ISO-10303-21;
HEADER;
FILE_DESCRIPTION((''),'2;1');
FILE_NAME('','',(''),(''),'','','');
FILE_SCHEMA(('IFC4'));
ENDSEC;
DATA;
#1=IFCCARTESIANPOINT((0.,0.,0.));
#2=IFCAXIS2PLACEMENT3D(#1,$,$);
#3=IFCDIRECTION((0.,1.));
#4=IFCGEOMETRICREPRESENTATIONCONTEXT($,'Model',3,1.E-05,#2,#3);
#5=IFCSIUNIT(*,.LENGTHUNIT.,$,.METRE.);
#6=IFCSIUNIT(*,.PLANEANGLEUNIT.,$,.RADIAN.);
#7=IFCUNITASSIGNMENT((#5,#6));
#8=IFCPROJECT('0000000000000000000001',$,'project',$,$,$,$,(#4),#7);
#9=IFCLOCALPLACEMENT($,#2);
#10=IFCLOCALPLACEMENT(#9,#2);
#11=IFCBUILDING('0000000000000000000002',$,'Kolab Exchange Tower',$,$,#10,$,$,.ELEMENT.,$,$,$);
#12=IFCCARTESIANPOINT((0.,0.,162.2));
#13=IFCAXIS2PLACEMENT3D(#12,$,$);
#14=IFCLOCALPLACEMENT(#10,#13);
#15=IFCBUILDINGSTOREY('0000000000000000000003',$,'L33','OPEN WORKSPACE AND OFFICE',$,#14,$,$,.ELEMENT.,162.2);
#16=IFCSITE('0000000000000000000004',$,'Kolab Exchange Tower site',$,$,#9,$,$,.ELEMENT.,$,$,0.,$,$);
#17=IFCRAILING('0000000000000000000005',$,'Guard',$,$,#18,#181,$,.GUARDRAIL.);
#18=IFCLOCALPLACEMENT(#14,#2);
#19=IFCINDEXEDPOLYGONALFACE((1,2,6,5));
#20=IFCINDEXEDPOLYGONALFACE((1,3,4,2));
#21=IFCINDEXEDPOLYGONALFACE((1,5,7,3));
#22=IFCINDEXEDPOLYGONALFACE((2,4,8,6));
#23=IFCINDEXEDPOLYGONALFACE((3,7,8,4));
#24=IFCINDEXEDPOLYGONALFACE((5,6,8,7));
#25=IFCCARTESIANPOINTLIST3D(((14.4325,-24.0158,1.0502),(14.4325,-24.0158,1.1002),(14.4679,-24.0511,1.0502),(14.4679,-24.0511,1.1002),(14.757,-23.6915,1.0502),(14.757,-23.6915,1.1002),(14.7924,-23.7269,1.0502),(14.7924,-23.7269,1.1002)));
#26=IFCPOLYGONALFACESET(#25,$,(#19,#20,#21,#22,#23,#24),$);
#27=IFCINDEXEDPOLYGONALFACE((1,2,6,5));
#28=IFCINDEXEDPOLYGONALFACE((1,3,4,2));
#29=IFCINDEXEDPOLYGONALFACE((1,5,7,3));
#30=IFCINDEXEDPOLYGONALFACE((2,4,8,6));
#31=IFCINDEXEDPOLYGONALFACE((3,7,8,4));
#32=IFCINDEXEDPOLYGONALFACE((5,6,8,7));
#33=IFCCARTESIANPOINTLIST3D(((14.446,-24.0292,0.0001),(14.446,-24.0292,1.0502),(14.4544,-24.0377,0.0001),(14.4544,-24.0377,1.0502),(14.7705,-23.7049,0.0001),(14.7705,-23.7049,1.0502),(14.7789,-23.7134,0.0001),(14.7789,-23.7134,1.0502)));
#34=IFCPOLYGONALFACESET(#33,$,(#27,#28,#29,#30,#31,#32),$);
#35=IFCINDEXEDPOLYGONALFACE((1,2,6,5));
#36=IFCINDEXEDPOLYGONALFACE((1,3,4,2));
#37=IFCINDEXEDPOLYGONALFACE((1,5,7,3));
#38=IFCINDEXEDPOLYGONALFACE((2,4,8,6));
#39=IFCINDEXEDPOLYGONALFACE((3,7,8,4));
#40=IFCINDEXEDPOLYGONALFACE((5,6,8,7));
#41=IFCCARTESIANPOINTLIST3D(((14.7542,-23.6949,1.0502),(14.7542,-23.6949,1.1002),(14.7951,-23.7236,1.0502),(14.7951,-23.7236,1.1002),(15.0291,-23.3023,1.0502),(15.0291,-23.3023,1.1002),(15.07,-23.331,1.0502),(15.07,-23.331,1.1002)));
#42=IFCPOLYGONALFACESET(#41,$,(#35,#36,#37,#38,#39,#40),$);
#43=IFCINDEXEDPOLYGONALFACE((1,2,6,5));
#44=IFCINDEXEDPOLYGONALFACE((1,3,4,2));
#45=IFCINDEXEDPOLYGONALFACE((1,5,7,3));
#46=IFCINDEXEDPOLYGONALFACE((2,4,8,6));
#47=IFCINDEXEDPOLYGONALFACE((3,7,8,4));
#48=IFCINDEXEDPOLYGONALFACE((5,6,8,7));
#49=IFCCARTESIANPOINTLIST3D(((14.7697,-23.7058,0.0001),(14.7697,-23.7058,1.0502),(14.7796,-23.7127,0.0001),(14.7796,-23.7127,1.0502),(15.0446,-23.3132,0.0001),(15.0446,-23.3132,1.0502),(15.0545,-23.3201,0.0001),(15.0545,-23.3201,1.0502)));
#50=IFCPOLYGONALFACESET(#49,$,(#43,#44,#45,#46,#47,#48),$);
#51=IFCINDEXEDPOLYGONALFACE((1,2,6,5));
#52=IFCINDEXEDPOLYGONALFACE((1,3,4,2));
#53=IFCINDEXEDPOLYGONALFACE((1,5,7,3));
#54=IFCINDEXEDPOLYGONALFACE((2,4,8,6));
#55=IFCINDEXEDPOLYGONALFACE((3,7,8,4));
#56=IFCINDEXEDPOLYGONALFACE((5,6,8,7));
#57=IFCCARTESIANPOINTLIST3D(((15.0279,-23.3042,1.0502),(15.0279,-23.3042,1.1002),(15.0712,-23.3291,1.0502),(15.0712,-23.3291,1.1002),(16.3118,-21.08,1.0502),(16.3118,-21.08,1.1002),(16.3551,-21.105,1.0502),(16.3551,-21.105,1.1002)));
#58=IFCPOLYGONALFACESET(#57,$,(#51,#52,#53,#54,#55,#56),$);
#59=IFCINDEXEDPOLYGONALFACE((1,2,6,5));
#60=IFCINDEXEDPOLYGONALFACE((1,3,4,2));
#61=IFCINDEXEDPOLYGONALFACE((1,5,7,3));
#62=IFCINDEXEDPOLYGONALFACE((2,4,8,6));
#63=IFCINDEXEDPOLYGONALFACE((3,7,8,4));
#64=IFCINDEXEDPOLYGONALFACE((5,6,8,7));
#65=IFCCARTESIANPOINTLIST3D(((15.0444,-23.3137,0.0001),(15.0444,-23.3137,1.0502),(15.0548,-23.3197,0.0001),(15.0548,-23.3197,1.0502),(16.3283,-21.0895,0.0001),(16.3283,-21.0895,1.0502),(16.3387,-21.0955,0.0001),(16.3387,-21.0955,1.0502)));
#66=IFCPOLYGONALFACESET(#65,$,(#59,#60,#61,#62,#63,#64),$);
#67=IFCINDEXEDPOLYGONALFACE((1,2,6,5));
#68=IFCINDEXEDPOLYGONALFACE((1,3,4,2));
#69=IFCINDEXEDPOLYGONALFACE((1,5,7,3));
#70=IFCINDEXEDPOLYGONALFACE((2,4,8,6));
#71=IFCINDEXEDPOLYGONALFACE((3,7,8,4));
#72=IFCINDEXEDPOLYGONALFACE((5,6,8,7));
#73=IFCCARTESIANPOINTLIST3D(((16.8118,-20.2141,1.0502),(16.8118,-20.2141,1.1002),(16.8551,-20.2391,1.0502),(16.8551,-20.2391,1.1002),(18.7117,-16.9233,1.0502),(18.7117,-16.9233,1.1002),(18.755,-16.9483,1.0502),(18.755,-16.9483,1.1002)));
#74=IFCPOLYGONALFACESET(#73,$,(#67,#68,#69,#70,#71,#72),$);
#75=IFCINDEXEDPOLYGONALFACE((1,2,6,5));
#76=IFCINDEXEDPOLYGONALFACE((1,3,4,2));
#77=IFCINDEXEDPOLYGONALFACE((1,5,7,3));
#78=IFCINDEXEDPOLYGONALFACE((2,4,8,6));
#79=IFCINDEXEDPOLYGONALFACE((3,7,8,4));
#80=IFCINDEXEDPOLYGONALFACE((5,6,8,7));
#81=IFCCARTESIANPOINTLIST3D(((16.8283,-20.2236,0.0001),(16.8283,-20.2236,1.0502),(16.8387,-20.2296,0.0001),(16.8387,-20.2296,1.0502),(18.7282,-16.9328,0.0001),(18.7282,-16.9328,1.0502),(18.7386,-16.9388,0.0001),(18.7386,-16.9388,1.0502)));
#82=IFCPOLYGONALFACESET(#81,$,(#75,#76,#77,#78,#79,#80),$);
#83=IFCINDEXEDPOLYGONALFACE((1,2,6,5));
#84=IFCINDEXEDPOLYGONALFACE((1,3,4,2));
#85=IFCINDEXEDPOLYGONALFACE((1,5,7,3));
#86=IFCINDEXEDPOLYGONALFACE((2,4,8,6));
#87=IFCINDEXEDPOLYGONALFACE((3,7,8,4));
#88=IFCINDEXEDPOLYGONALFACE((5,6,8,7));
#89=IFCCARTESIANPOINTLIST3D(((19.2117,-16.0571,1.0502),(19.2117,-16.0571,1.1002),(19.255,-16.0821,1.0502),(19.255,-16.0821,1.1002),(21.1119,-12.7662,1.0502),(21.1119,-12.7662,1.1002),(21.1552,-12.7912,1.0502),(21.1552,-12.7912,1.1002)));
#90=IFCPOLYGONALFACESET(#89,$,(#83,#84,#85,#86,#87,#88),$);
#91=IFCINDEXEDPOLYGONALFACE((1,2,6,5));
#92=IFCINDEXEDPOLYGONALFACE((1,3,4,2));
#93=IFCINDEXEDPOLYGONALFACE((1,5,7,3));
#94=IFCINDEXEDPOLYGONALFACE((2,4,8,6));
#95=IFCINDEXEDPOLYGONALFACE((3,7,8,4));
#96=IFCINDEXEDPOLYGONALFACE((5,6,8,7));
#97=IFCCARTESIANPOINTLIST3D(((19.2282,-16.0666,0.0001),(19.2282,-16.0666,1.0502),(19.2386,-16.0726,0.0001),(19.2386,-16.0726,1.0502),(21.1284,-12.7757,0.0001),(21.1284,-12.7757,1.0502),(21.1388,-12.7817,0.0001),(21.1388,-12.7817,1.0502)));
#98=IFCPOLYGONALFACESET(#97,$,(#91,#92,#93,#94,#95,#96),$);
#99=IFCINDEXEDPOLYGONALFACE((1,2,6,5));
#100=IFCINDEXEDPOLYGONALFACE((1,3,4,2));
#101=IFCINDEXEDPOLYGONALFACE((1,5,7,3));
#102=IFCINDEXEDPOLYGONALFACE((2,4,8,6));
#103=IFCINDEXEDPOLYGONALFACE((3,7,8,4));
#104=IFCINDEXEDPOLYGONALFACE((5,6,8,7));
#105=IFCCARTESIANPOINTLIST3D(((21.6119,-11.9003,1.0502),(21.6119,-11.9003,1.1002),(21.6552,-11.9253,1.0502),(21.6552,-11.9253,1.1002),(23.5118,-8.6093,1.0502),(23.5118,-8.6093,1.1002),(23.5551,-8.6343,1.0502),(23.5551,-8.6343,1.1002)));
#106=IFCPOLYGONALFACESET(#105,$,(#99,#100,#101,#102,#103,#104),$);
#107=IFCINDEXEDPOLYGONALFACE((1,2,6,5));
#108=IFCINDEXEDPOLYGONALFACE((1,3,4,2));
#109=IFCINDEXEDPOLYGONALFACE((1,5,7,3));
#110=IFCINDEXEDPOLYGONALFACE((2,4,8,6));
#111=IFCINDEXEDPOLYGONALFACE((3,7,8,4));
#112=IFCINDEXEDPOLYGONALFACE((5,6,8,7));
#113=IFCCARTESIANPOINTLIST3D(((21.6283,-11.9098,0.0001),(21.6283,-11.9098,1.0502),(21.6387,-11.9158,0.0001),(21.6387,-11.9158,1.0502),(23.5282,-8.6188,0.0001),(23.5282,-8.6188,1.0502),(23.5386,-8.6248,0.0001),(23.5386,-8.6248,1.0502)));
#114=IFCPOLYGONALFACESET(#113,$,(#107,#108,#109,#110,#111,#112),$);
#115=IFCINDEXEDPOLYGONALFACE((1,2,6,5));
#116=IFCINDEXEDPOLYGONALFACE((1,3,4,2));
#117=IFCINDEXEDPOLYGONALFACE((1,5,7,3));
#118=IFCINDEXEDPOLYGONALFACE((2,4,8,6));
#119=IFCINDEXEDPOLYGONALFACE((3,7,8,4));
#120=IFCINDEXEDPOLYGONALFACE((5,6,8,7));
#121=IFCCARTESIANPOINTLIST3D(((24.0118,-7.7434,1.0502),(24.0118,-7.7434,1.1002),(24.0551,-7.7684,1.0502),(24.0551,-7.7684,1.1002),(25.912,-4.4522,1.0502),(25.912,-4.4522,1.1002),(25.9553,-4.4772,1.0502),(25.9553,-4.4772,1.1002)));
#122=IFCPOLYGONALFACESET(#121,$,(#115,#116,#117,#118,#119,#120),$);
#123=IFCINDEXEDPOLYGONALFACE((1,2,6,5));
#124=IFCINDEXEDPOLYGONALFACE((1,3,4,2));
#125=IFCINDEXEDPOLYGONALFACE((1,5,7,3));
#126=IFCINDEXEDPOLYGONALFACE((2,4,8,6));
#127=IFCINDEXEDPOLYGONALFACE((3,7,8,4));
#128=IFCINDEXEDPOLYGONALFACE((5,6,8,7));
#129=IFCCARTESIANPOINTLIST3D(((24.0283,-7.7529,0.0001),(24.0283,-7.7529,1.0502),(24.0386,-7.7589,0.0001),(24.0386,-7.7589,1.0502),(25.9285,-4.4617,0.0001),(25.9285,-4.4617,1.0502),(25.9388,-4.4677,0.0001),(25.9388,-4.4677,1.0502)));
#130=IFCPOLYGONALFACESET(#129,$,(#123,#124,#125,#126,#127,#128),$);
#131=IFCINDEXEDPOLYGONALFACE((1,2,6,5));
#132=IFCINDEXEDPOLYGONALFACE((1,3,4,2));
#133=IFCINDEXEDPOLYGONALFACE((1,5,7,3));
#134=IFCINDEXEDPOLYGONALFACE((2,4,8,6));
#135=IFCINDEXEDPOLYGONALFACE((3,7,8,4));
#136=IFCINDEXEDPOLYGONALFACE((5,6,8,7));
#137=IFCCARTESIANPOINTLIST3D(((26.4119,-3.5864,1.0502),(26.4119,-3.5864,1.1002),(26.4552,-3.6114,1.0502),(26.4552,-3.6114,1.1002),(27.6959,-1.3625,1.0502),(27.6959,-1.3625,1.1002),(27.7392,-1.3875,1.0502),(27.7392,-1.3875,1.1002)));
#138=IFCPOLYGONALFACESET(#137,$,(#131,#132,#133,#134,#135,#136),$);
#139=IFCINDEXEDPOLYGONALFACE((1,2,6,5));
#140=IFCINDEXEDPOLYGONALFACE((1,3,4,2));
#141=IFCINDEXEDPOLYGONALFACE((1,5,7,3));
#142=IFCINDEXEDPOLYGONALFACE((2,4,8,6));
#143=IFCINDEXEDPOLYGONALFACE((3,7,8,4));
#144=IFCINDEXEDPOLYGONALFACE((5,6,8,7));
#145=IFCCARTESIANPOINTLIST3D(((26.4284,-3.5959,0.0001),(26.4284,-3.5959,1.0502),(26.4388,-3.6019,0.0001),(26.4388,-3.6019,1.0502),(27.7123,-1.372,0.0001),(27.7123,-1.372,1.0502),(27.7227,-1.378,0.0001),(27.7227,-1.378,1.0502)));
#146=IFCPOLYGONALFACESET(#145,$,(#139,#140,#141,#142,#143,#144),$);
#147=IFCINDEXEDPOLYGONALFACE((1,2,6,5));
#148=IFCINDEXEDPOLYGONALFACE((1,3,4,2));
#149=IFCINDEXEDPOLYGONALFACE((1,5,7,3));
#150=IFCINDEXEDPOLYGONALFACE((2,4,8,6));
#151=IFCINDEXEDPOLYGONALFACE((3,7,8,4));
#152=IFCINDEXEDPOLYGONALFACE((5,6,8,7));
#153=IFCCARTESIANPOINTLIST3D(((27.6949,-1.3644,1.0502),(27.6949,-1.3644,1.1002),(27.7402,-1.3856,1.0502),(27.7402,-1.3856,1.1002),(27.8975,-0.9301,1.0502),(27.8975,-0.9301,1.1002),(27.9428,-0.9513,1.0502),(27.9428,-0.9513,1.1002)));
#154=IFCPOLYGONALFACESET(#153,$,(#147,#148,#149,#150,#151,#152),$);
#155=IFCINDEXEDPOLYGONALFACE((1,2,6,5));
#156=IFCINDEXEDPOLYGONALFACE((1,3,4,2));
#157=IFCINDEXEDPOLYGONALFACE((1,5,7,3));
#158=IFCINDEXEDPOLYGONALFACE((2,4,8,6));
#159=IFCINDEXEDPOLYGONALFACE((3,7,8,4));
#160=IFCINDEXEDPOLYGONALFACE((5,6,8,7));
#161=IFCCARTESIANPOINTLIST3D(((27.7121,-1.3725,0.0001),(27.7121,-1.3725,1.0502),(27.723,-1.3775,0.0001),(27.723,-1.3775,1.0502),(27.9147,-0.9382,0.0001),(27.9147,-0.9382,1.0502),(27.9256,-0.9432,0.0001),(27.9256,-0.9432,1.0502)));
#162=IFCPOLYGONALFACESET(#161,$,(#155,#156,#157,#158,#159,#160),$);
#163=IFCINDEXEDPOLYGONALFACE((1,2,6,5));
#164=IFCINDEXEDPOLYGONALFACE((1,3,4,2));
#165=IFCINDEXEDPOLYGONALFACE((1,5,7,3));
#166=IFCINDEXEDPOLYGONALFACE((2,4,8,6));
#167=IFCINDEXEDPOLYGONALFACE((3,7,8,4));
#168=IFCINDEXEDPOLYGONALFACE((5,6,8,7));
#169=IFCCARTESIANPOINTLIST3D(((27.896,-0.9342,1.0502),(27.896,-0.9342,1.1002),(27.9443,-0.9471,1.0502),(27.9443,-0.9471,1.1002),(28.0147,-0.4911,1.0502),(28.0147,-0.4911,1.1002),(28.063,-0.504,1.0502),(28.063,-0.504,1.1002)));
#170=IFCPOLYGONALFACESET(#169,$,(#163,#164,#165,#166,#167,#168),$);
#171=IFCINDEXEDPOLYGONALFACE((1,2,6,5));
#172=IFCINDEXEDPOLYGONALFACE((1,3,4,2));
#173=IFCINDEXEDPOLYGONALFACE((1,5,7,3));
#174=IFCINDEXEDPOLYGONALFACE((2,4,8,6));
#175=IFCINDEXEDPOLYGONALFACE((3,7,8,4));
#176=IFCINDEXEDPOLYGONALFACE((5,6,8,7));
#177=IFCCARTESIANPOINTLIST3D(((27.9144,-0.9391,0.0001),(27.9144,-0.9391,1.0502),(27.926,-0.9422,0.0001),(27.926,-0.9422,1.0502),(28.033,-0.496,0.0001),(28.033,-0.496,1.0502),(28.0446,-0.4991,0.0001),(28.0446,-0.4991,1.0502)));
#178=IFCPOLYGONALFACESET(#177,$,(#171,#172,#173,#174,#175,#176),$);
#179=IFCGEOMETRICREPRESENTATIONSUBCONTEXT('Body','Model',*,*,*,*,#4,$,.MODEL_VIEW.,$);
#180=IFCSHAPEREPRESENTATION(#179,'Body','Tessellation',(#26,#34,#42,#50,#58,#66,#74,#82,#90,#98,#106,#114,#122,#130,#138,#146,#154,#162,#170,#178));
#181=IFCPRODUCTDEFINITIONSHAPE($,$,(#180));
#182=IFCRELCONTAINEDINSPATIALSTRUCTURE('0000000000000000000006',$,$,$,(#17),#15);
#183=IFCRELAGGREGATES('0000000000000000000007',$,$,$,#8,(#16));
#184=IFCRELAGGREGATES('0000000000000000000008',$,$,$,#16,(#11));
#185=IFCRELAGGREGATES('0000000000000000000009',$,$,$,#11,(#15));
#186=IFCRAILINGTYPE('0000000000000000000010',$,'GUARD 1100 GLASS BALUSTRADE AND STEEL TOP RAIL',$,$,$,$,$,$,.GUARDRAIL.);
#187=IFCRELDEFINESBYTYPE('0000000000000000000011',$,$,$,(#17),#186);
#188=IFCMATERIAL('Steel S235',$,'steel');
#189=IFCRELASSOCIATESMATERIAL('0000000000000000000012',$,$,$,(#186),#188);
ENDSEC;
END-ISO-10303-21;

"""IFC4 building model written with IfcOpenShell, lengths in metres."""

from ifc_helpers import new_model, si_unit, direction, frame, frame_2d, origin, origin_2d, place, context, subcontext, project, spatial, rectangle, extrude, material, type_object, element, save


model = new_model("IFC4")

# Units and contexts
model_context = context("Model", 3, precision=1e-05, world=origin(), true_north=direction((0.0, 1.0)))
body_context = subcontext(model_context, "Body", "Model", "MODEL_VIEW")
ifc_project = project(units=[si_unit("LENGTHUNIT", "METRE"), si_unit("PLANEANGLEUNIT", "RADIAN")], contexts=[model_context])

# Site, building, storey
site_placement = place(None, origin())
site = spatial("IfcSite", under=ifc_project, at=site_placement, Name="Kolab Exchange Tower site", CompositionType="ELEMENT", RefElevation=0.0)
building_placement = place(site_placement, origin())
building = spatial("IfcBuilding", under=site, at=building_placement, Name="Kolab Exchange Tower", CompositionType="ELEMENT")
storey_placement = place(building_placement, frame((0.0, 0.0, 162.2)))
storey = spatial("IfcBuildingStorey", under=building, at=storey_placement, Name="L33", Description="OPEN WORKSPACE AND OFFICE", CompositionType="ELEMENT", Elevation=162.2)

# Railing
ifc_material_1 = material(Name="Steel S235", Category="steel")
railing_type = type_object("IfcRailingType", Name="GUARD 1100 GLASS BALUSTRADE AND STEEL TOP RAIL", PredefinedType="GUARDRAIL", material=ifc_material_1)
railing_placement = place(storey_placement, frame((14.4502, -24.0334, 0.0)))
element("IfcRailing", 1, at=railing_placement, inside=storey, type_object=railing_type, Name="Guard", PredefinedType="GUARDRAIL", context=body_context, shape_type="SweptSolid", body=[
    extrude(rectangle(XDim=0.05, YDim=0.05, at=origin_2d()), frame((0.0, 0.0, 1.0752), z_axis=(0.707373, 0.706841, 0.0), x_axis=(-0.706841, 0.707373, 0.0)), (0.0, 0.0, 1.0), 0.4587),
    extrude(rectangle(XDim=0.012, YDim=1.0501, at=frame_2d((0.0, 0.5251))), frame((0.0, 0.0, 0.0), z_axis=(0.707373, 0.706841, 0.0), x_axis=(-0.706841, 0.707373, 0.0)), (0.0, 0.0, 1.0), 0.4587),
    extrude(rectangle(XDim=0.05, YDim=0.05, at=origin_2d()), frame((0.3245, 0.3242, 1.0752), z_axis=(0.573599, 0.819136, 0.0), x_axis=(-0.819136, 0.573599, 0.0)), (0.0, 0.0, 1.0), 0.4792),
    extrude(rectangle(XDim=0.012, YDim=1.0501, at=frame_2d((0.0, 0.5251))), frame((0.3245, 0.3242, 0.0), z_axis=(0.573599, 0.819136, 0.0), x_axis=(-0.819136, 0.573599, 0.0)), (0.0, 0.0, 1.0), 0.4792),
    extrude(rectangle(XDim=0.05, YDim=0.05, at=origin_2d()), frame((0.5994, 0.7168, 1.0752), z_axis=(0.499953, 0.866053, 0.0), x_axis=(-0.866053, 0.499953, 0.0)), (0.0, 0.0, 1.0), 2.5681),
    extrude(rectangle(XDim=0.012, YDim=1.0501, at=frame_2d((0.0, 0.5251))), frame((0.5994, 0.7168, 0.0), z_axis=(0.499953, 0.866053, 0.0), x_axis=(-0.866053, 0.499953, 0.0)), (0.0, 0.0, 1.0), 2.5681),
    extrude(rectangle(XDim=0.05, YDim=0.05, at=origin_2d()), frame((2.3833, 3.8069, 1.0752), z_axis=(0.499995, 0.866028, 0.0), x_axis=(-0.866028, 0.499995, 0.0)), (0.0, 0.0, 1.0), 3.7998),
    extrude(rectangle(XDim=0.012, YDim=1.0501, at=frame_2d((0.0, 0.5251))), frame((2.3833, 3.8069, 0.0), z_axis=(0.499995, 0.866028, 0.0), x_axis=(-0.866028, 0.499995, 0.0)), (0.0, 0.0, 1.0), 3.7998),
    extrude(rectangle(XDim=0.05, YDim=0.05, at=origin_2d()), frame((4.7832, 7.9639, 1.0752), z_axis=(0.500043, 0.866, 0.0), x_axis=(-0.866, 0.500043, 0.0)), (0.0, 0.0, 1.0), 3.8),
    extrude(rectangle(XDim=0.012, YDim=1.0501, at=frame_2d((0.0, 0.5251))), frame((4.7832, 7.9639, 0.0), z_axis=(0.500043, 0.866, 0.0), x_axis=(-0.866, 0.500043, 0.0)), (0.0, 0.0, 1.0), 3.8),
    extrude(rectangle(XDim=0.05, YDim=0.05, at=origin_2d()), frame((7.1833, 12.1206, 1.0752), z_axis=(0.499967, 0.866044, 0.0), x_axis=(-0.866044, 0.499967, 0.0)), (0.0, 0.0, 1.0), 3.8),
    extrude(rectangle(XDim=0.012, YDim=1.0501, at=frame_2d((0.0, 0.5251))), frame((7.1833, 12.1206, 0.0), z_axis=(0.499967, 0.866044, 0.0), x_axis=(-0.866044, 0.499967, 0.0)), (0.0, 0.0, 1.0), 3.8),
    extrude(rectangle(XDim=0.05, YDim=0.05, at=origin_2d()), frame((9.5833, 16.2776, 1.0752), z_axis=(0.500015, 0.866017, 0.0), x_axis=(-0.866017, 0.500015, 0.0)), (0.0, 0.0, 1.0), 3.8003),
    extrude(rectangle(XDim=0.012, YDim=1.0501, at=frame_2d((0.0, 0.5251))), frame((9.5833, 16.2776, 0.0), z_axis=(0.500015, 0.866017, 0.0), x_axis=(-0.866017, 0.500015, 0.0)), (0.0, 0.0, 1.0), 3.8003),
    extrude(rectangle(XDim=0.05, YDim=0.05, at=origin_2d()), frame((11.9834, 20.4346, 1.0752), z_axis=(0.499994, 0.866029, 0.0), x_axis=(-0.866029, 0.499994, 0.0)), (0.0, 0.0, 1.0), 2.5679),
    extrude(rectangle(XDim=0.012, YDim=1.0501, at=frame_2d((0.0, 0.5251))), frame((11.9834, 20.4346, 0.0), z_axis=(0.499994, 0.866029, 0.0), x_axis=(-0.866029, 0.499994, 0.0)), (0.0, 0.0, 1.0), 2.5679),
    extrude(rectangle(XDim=0.05, YDim=0.05, at=origin_2d()), frame((13.2673, 22.6584, 1.0752), z_axis=(0.422802, 0.906222, 0.0), x_axis=(-0.906222, 0.422802, 0.0)), (0.0, 0.0, 1.0), 0.4792),
    extrude(rectangle(XDim=0.012, YDim=1.0501, at=frame_2d((0.0, 0.5251))), frame((13.2673, 22.6584, 0.0), z_axis=(0.422802, 0.906222, 0.0), x_axis=(-0.906222, 0.422802, 0.0)), (0.0, 0.0, 1.0), 0.4792),
    extrude(rectangle(XDim=0.05, YDim=0.05, at=origin_2d()), frame((13.47, 23.0928, 1.0752), z_axis=(0.258656, 0.965969, 0.0), x_axis=(-0.965969, 0.258656, 0.0)), (0.0, 0.0, 1.0), 0.4587),
    extrude(rectangle(XDim=0.012, YDim=1.0501, at=frame_2d((0.0, 0.5251))), frame((13.47, 23.0928, 0.0), z_axis=(0.258656, 0.965969, 0.0), x_axis=(-0.965969, 0.258656, 0.0)), (0.0, 0.0, 1.0), 0.4587),
])

save(model, "model.ifc")
